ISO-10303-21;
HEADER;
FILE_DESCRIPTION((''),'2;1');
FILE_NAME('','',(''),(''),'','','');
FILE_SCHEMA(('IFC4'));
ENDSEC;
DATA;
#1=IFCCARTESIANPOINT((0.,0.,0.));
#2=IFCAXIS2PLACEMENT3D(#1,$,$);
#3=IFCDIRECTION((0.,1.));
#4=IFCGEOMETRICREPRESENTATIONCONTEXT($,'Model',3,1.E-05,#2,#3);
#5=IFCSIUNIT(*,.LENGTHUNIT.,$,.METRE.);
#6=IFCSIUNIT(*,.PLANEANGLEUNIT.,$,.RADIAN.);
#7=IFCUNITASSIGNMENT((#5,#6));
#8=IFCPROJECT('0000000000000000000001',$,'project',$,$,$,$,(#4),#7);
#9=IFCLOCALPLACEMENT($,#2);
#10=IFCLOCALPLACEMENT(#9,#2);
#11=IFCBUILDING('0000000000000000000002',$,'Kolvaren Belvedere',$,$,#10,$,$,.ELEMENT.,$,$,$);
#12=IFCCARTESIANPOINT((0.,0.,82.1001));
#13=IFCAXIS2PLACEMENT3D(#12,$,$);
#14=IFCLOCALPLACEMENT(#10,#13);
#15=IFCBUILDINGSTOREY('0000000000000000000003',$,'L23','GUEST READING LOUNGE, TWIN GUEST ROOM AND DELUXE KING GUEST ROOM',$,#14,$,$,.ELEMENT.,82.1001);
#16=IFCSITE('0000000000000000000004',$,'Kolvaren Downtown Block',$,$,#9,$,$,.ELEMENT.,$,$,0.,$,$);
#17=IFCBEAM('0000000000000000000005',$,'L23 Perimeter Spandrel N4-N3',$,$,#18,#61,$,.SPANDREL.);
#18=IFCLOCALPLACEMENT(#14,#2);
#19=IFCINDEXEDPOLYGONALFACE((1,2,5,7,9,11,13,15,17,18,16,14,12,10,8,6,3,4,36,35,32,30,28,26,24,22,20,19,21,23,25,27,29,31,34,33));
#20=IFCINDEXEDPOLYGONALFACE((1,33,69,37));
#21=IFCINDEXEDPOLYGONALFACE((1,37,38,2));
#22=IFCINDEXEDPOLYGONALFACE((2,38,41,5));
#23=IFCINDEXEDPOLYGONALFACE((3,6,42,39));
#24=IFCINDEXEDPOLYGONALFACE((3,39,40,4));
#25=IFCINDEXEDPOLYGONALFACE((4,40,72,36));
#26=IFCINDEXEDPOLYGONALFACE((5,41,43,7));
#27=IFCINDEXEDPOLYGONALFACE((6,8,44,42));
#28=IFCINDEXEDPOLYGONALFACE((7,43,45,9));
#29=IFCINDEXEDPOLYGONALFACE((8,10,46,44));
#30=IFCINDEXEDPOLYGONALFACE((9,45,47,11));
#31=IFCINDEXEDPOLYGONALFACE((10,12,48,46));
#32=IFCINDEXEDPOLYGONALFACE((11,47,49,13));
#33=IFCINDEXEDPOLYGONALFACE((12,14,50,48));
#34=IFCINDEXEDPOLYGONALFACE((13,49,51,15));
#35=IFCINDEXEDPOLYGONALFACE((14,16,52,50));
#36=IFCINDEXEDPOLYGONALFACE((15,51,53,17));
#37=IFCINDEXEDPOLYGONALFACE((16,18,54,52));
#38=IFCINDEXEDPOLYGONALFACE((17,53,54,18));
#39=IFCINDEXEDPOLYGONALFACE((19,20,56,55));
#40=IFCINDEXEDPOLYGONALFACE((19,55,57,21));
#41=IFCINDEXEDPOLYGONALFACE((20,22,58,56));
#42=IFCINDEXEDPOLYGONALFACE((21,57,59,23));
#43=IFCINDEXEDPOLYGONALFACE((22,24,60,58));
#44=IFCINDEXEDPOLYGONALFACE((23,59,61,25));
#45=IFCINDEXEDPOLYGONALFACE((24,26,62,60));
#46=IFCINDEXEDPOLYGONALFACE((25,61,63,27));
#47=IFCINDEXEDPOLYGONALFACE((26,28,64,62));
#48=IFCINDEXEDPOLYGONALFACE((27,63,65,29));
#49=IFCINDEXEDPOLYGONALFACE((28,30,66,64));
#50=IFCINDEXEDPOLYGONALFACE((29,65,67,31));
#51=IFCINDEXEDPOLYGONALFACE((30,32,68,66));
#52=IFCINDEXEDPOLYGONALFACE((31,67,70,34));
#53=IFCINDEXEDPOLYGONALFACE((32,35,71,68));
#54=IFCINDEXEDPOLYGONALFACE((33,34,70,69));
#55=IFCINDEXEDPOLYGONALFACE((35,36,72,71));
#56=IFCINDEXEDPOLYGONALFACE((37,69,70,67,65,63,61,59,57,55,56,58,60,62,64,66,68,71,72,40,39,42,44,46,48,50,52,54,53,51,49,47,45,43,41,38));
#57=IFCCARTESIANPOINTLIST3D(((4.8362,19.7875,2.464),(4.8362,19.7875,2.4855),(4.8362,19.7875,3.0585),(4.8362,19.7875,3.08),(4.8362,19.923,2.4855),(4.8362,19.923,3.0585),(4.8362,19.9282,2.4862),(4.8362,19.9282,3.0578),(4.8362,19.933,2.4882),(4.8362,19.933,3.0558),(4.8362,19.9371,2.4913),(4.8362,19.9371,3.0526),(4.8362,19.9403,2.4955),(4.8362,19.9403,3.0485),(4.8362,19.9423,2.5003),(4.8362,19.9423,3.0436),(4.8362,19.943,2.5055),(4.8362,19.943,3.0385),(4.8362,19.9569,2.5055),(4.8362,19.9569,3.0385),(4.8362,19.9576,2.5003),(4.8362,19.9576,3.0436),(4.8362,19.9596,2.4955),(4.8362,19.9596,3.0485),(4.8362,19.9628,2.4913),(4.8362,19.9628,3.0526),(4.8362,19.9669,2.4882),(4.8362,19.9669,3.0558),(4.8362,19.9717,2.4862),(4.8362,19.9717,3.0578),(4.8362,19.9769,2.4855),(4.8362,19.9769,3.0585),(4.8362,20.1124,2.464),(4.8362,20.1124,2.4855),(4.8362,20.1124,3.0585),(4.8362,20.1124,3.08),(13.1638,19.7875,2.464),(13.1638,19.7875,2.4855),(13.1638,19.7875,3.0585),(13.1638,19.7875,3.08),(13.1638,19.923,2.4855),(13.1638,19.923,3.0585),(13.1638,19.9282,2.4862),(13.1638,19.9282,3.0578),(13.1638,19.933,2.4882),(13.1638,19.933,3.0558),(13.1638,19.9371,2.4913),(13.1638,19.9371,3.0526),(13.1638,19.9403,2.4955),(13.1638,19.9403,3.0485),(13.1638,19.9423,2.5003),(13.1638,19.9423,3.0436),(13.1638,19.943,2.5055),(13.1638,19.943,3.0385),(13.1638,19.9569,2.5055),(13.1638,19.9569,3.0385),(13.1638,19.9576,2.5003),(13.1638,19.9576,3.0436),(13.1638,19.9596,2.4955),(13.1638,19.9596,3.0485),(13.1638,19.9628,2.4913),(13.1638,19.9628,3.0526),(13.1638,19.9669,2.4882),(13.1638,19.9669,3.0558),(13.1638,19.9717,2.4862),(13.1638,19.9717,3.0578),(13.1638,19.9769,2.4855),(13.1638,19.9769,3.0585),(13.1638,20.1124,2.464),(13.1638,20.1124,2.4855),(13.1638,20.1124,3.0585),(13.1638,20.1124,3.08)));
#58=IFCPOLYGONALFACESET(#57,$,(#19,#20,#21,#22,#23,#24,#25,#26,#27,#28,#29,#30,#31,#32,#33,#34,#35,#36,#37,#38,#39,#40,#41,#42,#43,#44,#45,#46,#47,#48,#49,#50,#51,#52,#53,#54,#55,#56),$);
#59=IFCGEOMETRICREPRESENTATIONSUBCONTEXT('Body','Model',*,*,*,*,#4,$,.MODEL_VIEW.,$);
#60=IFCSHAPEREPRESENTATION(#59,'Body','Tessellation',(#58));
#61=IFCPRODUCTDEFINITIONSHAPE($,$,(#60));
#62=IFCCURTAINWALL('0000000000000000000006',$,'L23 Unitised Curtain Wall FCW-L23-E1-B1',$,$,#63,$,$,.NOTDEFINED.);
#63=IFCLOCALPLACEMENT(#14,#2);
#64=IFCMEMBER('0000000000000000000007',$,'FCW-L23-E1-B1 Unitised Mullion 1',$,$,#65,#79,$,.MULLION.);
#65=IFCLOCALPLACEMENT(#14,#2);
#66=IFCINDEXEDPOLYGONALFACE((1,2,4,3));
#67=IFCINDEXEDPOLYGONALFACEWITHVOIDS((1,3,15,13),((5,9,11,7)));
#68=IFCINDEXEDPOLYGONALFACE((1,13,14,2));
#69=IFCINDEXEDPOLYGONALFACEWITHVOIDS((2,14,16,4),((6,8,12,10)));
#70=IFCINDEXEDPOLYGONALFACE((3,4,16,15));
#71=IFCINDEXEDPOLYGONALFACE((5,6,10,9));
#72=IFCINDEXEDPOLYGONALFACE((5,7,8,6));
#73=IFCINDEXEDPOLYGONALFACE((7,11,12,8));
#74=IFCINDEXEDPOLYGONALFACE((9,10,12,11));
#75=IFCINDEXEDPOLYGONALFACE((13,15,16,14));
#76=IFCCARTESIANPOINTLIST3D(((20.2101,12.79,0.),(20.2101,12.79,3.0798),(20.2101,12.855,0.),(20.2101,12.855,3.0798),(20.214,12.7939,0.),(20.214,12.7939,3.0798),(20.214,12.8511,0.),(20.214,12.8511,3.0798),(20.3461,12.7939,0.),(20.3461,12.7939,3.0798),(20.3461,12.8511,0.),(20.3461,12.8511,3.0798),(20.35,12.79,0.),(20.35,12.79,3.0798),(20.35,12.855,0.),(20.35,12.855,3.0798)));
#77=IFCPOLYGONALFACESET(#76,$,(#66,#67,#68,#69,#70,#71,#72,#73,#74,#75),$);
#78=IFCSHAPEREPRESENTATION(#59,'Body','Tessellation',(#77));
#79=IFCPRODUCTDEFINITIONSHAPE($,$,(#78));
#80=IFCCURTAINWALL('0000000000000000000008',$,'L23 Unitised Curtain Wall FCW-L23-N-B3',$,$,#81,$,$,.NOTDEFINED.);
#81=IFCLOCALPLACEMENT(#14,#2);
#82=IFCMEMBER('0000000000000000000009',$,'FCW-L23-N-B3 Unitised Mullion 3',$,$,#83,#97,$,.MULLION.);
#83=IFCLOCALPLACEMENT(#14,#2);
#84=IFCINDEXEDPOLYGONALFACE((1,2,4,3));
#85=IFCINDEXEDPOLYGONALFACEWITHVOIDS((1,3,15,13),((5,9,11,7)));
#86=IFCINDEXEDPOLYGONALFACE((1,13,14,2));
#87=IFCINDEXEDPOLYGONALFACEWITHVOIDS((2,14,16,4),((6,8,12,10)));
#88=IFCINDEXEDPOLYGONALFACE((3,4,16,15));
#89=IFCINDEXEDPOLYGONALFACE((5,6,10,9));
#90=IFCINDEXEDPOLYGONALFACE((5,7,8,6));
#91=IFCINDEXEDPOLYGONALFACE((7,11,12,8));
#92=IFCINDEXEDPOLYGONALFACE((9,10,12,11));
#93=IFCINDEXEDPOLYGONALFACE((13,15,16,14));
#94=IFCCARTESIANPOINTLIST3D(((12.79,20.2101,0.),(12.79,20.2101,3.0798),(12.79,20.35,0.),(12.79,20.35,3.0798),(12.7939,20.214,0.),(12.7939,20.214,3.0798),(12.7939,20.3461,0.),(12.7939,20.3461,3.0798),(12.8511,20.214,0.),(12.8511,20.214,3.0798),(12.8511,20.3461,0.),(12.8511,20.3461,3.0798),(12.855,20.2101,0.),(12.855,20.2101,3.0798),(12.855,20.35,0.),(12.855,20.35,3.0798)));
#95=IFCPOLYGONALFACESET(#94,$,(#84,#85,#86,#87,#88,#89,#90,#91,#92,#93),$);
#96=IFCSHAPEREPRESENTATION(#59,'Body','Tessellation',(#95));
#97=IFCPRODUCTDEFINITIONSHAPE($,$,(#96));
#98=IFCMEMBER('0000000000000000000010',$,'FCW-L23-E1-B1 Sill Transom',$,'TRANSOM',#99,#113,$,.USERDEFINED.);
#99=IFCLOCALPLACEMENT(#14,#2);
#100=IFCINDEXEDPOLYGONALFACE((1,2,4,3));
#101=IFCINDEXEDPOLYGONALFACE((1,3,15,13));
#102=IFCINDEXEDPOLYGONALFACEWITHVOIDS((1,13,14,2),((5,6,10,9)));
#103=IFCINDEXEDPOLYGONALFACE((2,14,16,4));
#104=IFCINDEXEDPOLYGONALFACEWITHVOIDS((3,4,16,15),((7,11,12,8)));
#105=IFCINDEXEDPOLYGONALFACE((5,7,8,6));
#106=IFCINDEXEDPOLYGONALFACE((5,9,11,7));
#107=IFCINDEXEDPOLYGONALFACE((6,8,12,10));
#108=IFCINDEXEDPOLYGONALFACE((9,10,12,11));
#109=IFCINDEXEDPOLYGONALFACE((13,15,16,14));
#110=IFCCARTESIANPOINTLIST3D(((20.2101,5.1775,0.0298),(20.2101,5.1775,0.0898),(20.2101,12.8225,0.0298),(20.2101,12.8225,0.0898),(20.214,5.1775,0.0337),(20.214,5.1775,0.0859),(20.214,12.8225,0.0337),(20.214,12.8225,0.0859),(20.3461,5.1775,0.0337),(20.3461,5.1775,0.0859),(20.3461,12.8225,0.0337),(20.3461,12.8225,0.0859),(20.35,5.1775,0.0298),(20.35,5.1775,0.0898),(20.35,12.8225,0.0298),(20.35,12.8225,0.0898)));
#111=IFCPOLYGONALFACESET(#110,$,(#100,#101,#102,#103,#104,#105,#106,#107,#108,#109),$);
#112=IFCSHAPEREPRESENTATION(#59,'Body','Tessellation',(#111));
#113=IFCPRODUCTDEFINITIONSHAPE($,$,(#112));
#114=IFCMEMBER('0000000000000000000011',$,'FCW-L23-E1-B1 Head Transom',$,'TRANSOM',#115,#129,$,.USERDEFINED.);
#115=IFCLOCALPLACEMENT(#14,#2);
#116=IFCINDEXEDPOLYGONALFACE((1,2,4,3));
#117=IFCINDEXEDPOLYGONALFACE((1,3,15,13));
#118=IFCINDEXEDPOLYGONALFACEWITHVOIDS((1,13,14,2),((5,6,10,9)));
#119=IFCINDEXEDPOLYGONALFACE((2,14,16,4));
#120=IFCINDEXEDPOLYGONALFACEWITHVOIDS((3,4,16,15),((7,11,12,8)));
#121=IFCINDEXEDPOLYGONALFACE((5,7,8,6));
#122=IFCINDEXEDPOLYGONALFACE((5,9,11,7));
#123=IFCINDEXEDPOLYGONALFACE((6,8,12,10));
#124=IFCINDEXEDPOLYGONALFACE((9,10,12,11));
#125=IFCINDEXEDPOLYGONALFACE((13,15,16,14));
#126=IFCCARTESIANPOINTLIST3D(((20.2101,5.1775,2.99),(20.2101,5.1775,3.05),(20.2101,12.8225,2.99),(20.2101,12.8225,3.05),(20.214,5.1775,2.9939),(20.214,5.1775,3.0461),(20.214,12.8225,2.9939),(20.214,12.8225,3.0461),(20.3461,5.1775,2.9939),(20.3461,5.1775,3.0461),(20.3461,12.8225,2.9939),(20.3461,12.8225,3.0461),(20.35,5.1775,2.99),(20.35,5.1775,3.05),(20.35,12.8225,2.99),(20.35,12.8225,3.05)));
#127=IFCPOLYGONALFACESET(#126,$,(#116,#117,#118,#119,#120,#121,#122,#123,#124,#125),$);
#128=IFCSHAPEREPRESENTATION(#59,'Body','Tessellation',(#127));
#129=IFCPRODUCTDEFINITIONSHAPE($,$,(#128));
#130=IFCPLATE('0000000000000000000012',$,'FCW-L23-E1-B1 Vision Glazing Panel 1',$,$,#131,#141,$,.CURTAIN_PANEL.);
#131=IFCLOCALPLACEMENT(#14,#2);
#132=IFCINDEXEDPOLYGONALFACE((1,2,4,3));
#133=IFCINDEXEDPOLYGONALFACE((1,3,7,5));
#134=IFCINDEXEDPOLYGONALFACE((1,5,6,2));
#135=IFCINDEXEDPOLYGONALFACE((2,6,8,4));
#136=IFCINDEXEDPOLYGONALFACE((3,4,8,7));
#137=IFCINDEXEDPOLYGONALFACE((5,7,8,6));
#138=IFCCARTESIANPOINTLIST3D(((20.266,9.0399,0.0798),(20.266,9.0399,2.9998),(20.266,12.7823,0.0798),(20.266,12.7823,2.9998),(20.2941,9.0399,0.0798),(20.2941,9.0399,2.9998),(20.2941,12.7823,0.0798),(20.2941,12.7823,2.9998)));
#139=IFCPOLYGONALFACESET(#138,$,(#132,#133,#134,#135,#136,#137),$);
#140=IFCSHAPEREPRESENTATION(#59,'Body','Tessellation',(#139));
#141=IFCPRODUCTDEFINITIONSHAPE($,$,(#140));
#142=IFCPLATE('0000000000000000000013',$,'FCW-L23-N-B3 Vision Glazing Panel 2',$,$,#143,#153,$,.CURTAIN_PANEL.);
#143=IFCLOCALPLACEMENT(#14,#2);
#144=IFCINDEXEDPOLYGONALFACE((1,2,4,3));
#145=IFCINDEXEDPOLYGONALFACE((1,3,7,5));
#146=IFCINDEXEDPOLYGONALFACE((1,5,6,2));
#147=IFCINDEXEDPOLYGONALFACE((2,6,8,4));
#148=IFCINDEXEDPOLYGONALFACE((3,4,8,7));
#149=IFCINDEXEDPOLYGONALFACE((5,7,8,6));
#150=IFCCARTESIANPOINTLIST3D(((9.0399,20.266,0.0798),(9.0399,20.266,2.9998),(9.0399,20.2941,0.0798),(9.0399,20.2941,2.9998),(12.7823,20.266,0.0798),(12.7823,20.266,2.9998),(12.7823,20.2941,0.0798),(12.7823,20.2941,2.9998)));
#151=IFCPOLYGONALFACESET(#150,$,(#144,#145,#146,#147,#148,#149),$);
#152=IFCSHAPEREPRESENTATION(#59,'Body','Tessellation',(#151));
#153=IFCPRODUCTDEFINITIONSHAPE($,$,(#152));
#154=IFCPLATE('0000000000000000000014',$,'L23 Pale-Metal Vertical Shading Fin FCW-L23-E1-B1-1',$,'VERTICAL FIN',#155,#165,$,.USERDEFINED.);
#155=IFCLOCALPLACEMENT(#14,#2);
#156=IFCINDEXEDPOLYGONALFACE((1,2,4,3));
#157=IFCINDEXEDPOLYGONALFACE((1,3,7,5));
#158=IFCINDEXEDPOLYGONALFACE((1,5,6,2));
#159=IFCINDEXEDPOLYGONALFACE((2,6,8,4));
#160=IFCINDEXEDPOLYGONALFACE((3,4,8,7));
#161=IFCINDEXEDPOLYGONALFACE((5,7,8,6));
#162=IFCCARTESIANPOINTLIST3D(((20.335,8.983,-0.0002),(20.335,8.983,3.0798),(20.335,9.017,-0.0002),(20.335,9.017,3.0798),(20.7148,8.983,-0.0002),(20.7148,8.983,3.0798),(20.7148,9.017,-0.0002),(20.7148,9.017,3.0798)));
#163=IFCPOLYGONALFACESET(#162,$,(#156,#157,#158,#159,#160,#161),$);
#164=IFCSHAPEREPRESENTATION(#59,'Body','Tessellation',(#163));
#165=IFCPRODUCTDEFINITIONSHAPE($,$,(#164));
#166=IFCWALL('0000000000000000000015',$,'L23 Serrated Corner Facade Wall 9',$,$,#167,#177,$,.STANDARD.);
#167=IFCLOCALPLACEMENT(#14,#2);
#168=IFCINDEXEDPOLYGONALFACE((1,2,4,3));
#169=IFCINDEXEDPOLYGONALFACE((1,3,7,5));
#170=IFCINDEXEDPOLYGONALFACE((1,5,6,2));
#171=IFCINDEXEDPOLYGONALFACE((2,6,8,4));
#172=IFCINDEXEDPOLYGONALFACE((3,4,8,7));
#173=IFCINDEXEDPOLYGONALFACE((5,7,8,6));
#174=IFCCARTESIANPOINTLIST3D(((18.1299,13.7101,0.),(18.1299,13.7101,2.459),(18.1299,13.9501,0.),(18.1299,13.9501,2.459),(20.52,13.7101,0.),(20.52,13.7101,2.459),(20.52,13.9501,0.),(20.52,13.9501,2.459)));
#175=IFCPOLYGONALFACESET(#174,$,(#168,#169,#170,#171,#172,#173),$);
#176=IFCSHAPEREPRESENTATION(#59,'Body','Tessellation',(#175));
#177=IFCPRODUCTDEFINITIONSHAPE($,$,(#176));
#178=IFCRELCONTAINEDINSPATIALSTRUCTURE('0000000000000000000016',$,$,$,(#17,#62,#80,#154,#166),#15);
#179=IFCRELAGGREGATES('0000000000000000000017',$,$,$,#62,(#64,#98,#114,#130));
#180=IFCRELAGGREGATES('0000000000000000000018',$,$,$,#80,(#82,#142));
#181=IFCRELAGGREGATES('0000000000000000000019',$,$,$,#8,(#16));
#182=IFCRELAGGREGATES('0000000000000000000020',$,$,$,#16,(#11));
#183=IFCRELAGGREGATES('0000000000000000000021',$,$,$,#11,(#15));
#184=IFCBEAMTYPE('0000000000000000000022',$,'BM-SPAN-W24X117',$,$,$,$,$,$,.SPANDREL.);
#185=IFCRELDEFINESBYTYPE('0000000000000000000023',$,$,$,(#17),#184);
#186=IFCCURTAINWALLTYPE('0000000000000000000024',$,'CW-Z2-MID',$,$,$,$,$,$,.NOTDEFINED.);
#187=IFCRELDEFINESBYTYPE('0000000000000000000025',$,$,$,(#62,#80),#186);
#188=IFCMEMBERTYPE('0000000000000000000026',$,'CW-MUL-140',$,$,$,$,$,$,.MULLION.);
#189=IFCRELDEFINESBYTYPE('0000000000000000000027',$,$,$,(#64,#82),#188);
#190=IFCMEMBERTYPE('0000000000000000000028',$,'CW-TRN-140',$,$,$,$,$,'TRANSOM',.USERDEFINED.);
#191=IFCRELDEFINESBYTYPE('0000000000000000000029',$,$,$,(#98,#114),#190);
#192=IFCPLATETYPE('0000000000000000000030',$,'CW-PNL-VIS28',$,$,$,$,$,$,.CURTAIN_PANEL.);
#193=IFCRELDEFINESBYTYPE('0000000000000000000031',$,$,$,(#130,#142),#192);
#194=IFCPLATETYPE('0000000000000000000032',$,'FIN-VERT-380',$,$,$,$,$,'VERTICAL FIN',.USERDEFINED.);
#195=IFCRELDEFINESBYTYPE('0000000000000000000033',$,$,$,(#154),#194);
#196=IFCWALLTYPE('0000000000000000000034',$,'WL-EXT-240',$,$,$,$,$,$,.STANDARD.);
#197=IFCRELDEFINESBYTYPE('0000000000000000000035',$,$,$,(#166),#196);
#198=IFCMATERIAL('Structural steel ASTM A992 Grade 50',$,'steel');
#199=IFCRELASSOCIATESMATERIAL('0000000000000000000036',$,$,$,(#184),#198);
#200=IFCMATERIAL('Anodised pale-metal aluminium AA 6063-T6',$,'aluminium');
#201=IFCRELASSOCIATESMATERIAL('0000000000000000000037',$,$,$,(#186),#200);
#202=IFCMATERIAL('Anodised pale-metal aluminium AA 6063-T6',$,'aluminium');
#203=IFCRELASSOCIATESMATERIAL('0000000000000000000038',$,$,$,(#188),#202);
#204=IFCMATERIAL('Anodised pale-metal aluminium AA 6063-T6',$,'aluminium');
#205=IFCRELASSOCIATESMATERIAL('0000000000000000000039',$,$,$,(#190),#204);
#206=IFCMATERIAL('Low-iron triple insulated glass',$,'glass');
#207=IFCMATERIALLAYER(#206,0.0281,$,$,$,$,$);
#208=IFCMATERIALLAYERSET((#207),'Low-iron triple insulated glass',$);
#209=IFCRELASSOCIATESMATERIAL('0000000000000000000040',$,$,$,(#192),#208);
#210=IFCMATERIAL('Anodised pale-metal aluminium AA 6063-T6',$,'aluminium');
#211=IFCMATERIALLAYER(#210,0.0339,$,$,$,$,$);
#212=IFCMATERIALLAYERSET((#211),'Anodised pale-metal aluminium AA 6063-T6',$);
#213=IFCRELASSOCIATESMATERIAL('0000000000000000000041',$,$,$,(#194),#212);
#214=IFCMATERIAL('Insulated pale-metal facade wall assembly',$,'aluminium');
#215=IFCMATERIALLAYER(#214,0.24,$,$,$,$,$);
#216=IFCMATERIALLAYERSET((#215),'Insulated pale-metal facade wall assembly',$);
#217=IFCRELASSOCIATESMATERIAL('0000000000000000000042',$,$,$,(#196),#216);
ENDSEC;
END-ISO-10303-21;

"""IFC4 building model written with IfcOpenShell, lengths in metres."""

from ifc_helpers import new_model, si_unit, direction, frame, frame_2d, origin, origin_2d, place, context, subcontext, project, spatial, rectangle, hollow_rectangle, i_section, extrude, material, layer, layer_set, material_profile, profile_set, type_object, element, aggregate, save


model = new_model("IFC4")

# Units and contexts
model_context = context("Model", 3, precision=1e-05, world=origin(), true_north=direction((0.0, 1.0)))
body_context = subcontext(model_context, "Body", "Model", "MODEL_VIEW")
ifc_project = project(units=[si_unit("LENGTHUNIT", "METRE"), si_unit("PLANEANGLEUNIT", "RADIAN")], contexts=[model_context])

# Site, building, storey
site_placement = place(None, origin())
site = spatial("IfcSite", under=ifc_project, at=site_placement, Name="Kolvaren Downtown Block", CompositionType="ELEMENT", RefElevation=0.0)
building_placement = place(site_placement, origin())
building = spatial("IfcBuilding", under=site, at=building_placement, Name="Kolvaren Belvedere", CompositionType="ELEMENT")
storey_placement = place(building_placement, frame((0.0, 0.0, 82.1001)))
storey = spatial("IfcBuildingStorey", under=building, at=storey_placement, Name="L23", Description="GUEST READING LOUNGE, TWIN GUEST ROOM AND DELUXE KING GUEST ROOM", CompositionType="ELEMENT", Elevation=82.1001)

# Beam
ifc_material_1 = material(Name="Structural steel ASTM A992 Grade 50", Category="steel")
ifc_material_profile_1 = material_profile(ifc_material_1, i_section(OverallWidth=0.325, OverallDepth=0.616, WebThickness=0.0139, FlangeThickness=0.0215, FilletRadius=0.02, at=origin_2d()), Name="W24X117")
ifc_profile_set_1 = profile_set([ifc_material_profile_1], Name="Structural steel ASTM A992 Grade 50")
beam_type_1 = type_object("IfcBeamType", Name="BM-SPAN-W24X117", PredefinedType="SPANDREL", material=ifc_profile_set_1)
beam_1_placement = place(storey_placement, frame((13.1638, 19.95, 2.772), z_axis=(-1.0, 0.0, 0.0), x_axis=(0.0, -1.0, 0.0)))
element("IfcBeam", 1, at=beam_1_placement, inside=storey, type_object=beam_type_1, Name="L23 Perimeter Spandrel N4-N3", PredefinedType="SPANDREL", context=body_context, shape_type="SweptSolid", body=[
    extrude(i_section(OverallWidth=0.325, OverallDepth=0.616, WebThickness=0.0139, FlangeThickness=0.0215, FilletRadius=0.02, at=origin_2d()), origin(), (0.0, 0.0, 1.0), 8.3276),
])

# Curtain walls, members
ifc_material_2 = material(Name="Anodised pale-metal aluminium AA 6063-T6", Category="aluminium")
curtain_wall_type = type_object("IfcCurtainWallType", Name="CW-Z2-MID", PredefinedType="NOTDEFINED", material=ifc_material_2)
curtain_wall_1_placement = place(storey_placement, origin())
curtain_wall_1 = element("IfcCurtainWall", 2, at=curtain_wall_1_placement, inside=storey, type_object=curtain_wall_type, Name="L23 Unitised Curtain Wall FCW-L23-E1-B1", PredefinedType="NOTDEFINED")
ifc_material_3 = material(Name="Anodised pale-metal aluminium AA 6063-T6", Category="aluminium")
ifc_material_profile_2 = material_profile(ifc_material_3, hollow_rectangle(XDim=0.0649, YDim=0.1399, WallThickness=0.0039, at=origin_2d()), Name="ALU-MUL-140X65")
ifc_profile_set_2 = profile_set([ifc_material_profile_2], Name="Anodised pale-metal aluminium AA 6063-T6")
member_type_1 = type_object("IfcMemberType", Name="CW-MUL-140", PredefinedType="MULLION", material=ifc_profile_set_2)
member_1_placement = place(storey_placement, frame((20.28, 12.8225, 0.0), z_axis=(0.0, 0.0, 1.0), x_axis=(0.0, 1.0, 0.0)))
member_1 = element("IfcMember", 3, at=member_1_placement, type_object=member_type_1, Name="FCW-L23-E1-B1 Unitised Mullion 1", PredefinedType="MULLION", context=body_context, shape_type="SweptSolid", body=[
    extrude(hollow_rectangle(XDim=0.0649, YDim=0.1399, WallThickness=0.0039, at=origin_2d()), origin(), (0.0, 0.0, 1.0), 3.0798),
])
curtain_wall_2_placement = place(storey_placement, origin())
curtain_wall_2 = element("IfcCurtainWall", 4, at=curtain_wall_2_placement, inside=storey, type_object=curtain_wall_type, Name="L23 Unitised Curtain Wall FCW-L23-N-B3", PredefinedType="NOTDEFINED")
member_2_placement = place(storey_placement, frame((12.8225, 20.28, 0.0), z_axis=(0.0, 0.0, 1.0), x_axis=(1.0, 0.0, 0.0)))
member_2 = element("IfcMember", 5, at=member_2_placement, type_object=member_type_1, Name="FCW-L23-N-B3 Unitised Mullion 3", PredefinedType="MULLION", context=body_context, shape_type="SweptSolid", body=[
    extrude(hollow_rectangle(XDim=0.0649, YDim=0.1399, WallThickness=0.0039, at=origin_2d()), origin(), (0.0, 0.0, 1.0), 3.0798),
])

# Members
ifc_material_4 = material(Name="Anodised pale-metal aluminium AA 6063-T6", Category="aluminium")
ifc_material_profile_3 = material_profile(ifc_material_4, hollow_rectangle(XDim=0.0601, YDim=0.1399, WallThickness=0.0039, at=origin_2d()), Name="ALU-TRN-140X60")
ifc_profile_set_3 = profile_set([ifc_material_profile_3], Name="Anodised pale-metal aluminium AA 6063-T6")
member_type_2 = type_object("IfcMemberType", Name="CW-TRN-140", ElementType="TRANSOM", PredefinedType="USERDEFINED", material=ifc_profile_set_3)
member_3_placement = place(storey_placement, frame((20.28, 12.8225, 0.0598), z_axis=(0.0, -1.0, 0.0), x_axis=(0.0, 0.0, 1.0)))
member_3 = element("IfcMember", 6, at=member_3_placement, type_object=member_type_2, Name="FCW-L23-E1-B1 Sill Transom", ObjectType="TRANSOM", PredefinedType="USERDEFINED", context=body_context, shape_type="SweptSolid", body=[
    extrude(hollow_rectangle(XDim=0.0601, YDim=0.1399, WallThickness=0.0039, at=origin_2d()), origin(), (0.0, 0.0, 1.0), 7.645),
])
member_4_placement = place(storey_placement, frame((20.28, 12.8225, 3.02), z_axis=(0.0, -1.0, 0.0), x_axis=(0.0, 0.0, 1.0)))
member_4 = element("IfcMember", 7, at=member_4_placement, type_object=member_type_2, Name="FCW-L23-E1-B1 Head Transom", ObjectType="TRANSOM", PredefinedType="USERDEFINED", context=body_context, shape_type="SweptSolid", body=[
    extrude(hollow_rectangle(XDim=0.0601, YDim=0.1399, WallThickness=0.0039, at=origin_2d()), origin(), (0.0, 0.0, 1.0), 7.645),
])

# Plates
ifc_material_5 = material(Name="Low-iron triple insulated glass", Category="glass")
ifc_layer_1 = layer(ifc_material_5, 0.0281)
ifc_layer_set_1 = layer_set([ifc_layer_1], Name="Low-iron triple insulated glass")
plate_type_1 = type_object("IfcPlateType", Name="CW-PNL-VIS28", PredefinedType="CURTAIN_PANEL", material=ifc_layer_set_1)
plate_1_placement = place(storey_placement, frame((20.28, 10.9111, 0.0798), z_axis=(0.0, 0.0, 1.0), x_axis=(0.0, -1.0, 0.0)))
plate_1 = element("IfcPlate", 8, at=plate_1_placement, type_object=plate_type_1, Name="FCW-L23-E1-B1 Vision Glazing Panel 1", PredefinedType="CURTAIN_PANEL", context=body_context, shape_type="SweptSolid", body=[
    extrude(rectangle(XDim=3.7424, YDim=0.0281, at=origin_2d()), origin(), (0.0, 0.0, 1.0), 2.9199),
])
aggregate(curtain_wall_1, [member_1, member_3, member_4, plate_1])
plate_2_placement = place(storey_placement, frame((10.9111, 20.28, 0.0798), z_axis=(0.0, 0.0, 1.0), x_axis=(1.0, 0.0, 0.0)))
plate_2 = element("IfcPlate", 9, at=plate_2_placement, type_object=plate_type_1, Name="FCW-L23-N-B3 Vision Glazing Panel 2", PredefinedType="CURTAIN_PANEL", context=body_context, shape_type="SweptSolid", body=[
    extrude(rectangle(XDim=3.7424, YDim=0.0281, at=origin_2d()), origin(), (0.0, 0.0, 1.0), 2.9199),
])
aggregate(curtain_wall_2, [member_2, plate_2])
ifc_material_6 = material(Name="Anodised pale-metal aluminium AA 6063-T6", Category="aluminium")
ifc_layer_2 = layer(ifc_material_6, 0.0339)
ifc_layer_set_2 = layer_set([ifc_layer_2], Name="Anodised pale-metal aluminium AA 6063-T6")
plate_type_2 = type_object("IfcPlateType", Name="FIN-VERT-380", ElementType="VERTICAL FIN", PredefinedType="USERDEFINED", material=ifc_layer_set_2)
plate_3_placement = place(storey_placement, frame((20.5249, 9.0, -0.0002), z_axis=(0.0, 0.0, 1.0), x_axis=(1.0, 0.0, 0.0)))
element("IfcPlate", 10, at=plate_3_placement, inside=storey, type_object=plate_type_2, Name="L23 Pale-Metal Vertical Shading Fin FCW-L23-E1-B1-1", ObjectType="VERTICAL FIN", PredefinedType="USERDEFINED", context=body_context, shape_type="SweptSolid", body=[
    extrude(rectangle(XDim=0.3799, YDim=0.0339, at=origin_2d()), origin(), (0.0, 0.0, 1.0), 3.0801),
])

# Wall
ifc_material_7 = material(Name="Insulated pale-metal facade wall assembly", Category="aluminium")
ifc_layer_3 = layer(ifc_material_7, 0.24)
ifc_layer_set_3 = layer_set([ifc_layer_3], Name="Insulated pale-metal facade wall assembly")
wall_type_1 = type_object("IfcWallType", Name="WL-EXT-240", PredefinedType="STANDARD", material=ifc_layer_set_3)
wall_1_placement = place(storey_placement, frame((18.1299, 13.8301, 0.0), z_axis=(0.0, 0.0, 1.0), x_axis=(1.0, 0.0, 0.0)))
element("IfcWall", 11, at=wall_1_placement, inside=storey, type_object=wall_type_1, Name="L23 Serrated Corner Facade Wall 9", PredefinedType="STANDARD", context=body_context, shape_type="SweptSolid", body=[
    extrude(rectangle(XDim=2.3901, YDim=0.24, at=frame_2d((1.1951, 0.0))), origin(), (0.0, 0.0, 1.0), 2.459),
])

save(model, "model.ifc")
